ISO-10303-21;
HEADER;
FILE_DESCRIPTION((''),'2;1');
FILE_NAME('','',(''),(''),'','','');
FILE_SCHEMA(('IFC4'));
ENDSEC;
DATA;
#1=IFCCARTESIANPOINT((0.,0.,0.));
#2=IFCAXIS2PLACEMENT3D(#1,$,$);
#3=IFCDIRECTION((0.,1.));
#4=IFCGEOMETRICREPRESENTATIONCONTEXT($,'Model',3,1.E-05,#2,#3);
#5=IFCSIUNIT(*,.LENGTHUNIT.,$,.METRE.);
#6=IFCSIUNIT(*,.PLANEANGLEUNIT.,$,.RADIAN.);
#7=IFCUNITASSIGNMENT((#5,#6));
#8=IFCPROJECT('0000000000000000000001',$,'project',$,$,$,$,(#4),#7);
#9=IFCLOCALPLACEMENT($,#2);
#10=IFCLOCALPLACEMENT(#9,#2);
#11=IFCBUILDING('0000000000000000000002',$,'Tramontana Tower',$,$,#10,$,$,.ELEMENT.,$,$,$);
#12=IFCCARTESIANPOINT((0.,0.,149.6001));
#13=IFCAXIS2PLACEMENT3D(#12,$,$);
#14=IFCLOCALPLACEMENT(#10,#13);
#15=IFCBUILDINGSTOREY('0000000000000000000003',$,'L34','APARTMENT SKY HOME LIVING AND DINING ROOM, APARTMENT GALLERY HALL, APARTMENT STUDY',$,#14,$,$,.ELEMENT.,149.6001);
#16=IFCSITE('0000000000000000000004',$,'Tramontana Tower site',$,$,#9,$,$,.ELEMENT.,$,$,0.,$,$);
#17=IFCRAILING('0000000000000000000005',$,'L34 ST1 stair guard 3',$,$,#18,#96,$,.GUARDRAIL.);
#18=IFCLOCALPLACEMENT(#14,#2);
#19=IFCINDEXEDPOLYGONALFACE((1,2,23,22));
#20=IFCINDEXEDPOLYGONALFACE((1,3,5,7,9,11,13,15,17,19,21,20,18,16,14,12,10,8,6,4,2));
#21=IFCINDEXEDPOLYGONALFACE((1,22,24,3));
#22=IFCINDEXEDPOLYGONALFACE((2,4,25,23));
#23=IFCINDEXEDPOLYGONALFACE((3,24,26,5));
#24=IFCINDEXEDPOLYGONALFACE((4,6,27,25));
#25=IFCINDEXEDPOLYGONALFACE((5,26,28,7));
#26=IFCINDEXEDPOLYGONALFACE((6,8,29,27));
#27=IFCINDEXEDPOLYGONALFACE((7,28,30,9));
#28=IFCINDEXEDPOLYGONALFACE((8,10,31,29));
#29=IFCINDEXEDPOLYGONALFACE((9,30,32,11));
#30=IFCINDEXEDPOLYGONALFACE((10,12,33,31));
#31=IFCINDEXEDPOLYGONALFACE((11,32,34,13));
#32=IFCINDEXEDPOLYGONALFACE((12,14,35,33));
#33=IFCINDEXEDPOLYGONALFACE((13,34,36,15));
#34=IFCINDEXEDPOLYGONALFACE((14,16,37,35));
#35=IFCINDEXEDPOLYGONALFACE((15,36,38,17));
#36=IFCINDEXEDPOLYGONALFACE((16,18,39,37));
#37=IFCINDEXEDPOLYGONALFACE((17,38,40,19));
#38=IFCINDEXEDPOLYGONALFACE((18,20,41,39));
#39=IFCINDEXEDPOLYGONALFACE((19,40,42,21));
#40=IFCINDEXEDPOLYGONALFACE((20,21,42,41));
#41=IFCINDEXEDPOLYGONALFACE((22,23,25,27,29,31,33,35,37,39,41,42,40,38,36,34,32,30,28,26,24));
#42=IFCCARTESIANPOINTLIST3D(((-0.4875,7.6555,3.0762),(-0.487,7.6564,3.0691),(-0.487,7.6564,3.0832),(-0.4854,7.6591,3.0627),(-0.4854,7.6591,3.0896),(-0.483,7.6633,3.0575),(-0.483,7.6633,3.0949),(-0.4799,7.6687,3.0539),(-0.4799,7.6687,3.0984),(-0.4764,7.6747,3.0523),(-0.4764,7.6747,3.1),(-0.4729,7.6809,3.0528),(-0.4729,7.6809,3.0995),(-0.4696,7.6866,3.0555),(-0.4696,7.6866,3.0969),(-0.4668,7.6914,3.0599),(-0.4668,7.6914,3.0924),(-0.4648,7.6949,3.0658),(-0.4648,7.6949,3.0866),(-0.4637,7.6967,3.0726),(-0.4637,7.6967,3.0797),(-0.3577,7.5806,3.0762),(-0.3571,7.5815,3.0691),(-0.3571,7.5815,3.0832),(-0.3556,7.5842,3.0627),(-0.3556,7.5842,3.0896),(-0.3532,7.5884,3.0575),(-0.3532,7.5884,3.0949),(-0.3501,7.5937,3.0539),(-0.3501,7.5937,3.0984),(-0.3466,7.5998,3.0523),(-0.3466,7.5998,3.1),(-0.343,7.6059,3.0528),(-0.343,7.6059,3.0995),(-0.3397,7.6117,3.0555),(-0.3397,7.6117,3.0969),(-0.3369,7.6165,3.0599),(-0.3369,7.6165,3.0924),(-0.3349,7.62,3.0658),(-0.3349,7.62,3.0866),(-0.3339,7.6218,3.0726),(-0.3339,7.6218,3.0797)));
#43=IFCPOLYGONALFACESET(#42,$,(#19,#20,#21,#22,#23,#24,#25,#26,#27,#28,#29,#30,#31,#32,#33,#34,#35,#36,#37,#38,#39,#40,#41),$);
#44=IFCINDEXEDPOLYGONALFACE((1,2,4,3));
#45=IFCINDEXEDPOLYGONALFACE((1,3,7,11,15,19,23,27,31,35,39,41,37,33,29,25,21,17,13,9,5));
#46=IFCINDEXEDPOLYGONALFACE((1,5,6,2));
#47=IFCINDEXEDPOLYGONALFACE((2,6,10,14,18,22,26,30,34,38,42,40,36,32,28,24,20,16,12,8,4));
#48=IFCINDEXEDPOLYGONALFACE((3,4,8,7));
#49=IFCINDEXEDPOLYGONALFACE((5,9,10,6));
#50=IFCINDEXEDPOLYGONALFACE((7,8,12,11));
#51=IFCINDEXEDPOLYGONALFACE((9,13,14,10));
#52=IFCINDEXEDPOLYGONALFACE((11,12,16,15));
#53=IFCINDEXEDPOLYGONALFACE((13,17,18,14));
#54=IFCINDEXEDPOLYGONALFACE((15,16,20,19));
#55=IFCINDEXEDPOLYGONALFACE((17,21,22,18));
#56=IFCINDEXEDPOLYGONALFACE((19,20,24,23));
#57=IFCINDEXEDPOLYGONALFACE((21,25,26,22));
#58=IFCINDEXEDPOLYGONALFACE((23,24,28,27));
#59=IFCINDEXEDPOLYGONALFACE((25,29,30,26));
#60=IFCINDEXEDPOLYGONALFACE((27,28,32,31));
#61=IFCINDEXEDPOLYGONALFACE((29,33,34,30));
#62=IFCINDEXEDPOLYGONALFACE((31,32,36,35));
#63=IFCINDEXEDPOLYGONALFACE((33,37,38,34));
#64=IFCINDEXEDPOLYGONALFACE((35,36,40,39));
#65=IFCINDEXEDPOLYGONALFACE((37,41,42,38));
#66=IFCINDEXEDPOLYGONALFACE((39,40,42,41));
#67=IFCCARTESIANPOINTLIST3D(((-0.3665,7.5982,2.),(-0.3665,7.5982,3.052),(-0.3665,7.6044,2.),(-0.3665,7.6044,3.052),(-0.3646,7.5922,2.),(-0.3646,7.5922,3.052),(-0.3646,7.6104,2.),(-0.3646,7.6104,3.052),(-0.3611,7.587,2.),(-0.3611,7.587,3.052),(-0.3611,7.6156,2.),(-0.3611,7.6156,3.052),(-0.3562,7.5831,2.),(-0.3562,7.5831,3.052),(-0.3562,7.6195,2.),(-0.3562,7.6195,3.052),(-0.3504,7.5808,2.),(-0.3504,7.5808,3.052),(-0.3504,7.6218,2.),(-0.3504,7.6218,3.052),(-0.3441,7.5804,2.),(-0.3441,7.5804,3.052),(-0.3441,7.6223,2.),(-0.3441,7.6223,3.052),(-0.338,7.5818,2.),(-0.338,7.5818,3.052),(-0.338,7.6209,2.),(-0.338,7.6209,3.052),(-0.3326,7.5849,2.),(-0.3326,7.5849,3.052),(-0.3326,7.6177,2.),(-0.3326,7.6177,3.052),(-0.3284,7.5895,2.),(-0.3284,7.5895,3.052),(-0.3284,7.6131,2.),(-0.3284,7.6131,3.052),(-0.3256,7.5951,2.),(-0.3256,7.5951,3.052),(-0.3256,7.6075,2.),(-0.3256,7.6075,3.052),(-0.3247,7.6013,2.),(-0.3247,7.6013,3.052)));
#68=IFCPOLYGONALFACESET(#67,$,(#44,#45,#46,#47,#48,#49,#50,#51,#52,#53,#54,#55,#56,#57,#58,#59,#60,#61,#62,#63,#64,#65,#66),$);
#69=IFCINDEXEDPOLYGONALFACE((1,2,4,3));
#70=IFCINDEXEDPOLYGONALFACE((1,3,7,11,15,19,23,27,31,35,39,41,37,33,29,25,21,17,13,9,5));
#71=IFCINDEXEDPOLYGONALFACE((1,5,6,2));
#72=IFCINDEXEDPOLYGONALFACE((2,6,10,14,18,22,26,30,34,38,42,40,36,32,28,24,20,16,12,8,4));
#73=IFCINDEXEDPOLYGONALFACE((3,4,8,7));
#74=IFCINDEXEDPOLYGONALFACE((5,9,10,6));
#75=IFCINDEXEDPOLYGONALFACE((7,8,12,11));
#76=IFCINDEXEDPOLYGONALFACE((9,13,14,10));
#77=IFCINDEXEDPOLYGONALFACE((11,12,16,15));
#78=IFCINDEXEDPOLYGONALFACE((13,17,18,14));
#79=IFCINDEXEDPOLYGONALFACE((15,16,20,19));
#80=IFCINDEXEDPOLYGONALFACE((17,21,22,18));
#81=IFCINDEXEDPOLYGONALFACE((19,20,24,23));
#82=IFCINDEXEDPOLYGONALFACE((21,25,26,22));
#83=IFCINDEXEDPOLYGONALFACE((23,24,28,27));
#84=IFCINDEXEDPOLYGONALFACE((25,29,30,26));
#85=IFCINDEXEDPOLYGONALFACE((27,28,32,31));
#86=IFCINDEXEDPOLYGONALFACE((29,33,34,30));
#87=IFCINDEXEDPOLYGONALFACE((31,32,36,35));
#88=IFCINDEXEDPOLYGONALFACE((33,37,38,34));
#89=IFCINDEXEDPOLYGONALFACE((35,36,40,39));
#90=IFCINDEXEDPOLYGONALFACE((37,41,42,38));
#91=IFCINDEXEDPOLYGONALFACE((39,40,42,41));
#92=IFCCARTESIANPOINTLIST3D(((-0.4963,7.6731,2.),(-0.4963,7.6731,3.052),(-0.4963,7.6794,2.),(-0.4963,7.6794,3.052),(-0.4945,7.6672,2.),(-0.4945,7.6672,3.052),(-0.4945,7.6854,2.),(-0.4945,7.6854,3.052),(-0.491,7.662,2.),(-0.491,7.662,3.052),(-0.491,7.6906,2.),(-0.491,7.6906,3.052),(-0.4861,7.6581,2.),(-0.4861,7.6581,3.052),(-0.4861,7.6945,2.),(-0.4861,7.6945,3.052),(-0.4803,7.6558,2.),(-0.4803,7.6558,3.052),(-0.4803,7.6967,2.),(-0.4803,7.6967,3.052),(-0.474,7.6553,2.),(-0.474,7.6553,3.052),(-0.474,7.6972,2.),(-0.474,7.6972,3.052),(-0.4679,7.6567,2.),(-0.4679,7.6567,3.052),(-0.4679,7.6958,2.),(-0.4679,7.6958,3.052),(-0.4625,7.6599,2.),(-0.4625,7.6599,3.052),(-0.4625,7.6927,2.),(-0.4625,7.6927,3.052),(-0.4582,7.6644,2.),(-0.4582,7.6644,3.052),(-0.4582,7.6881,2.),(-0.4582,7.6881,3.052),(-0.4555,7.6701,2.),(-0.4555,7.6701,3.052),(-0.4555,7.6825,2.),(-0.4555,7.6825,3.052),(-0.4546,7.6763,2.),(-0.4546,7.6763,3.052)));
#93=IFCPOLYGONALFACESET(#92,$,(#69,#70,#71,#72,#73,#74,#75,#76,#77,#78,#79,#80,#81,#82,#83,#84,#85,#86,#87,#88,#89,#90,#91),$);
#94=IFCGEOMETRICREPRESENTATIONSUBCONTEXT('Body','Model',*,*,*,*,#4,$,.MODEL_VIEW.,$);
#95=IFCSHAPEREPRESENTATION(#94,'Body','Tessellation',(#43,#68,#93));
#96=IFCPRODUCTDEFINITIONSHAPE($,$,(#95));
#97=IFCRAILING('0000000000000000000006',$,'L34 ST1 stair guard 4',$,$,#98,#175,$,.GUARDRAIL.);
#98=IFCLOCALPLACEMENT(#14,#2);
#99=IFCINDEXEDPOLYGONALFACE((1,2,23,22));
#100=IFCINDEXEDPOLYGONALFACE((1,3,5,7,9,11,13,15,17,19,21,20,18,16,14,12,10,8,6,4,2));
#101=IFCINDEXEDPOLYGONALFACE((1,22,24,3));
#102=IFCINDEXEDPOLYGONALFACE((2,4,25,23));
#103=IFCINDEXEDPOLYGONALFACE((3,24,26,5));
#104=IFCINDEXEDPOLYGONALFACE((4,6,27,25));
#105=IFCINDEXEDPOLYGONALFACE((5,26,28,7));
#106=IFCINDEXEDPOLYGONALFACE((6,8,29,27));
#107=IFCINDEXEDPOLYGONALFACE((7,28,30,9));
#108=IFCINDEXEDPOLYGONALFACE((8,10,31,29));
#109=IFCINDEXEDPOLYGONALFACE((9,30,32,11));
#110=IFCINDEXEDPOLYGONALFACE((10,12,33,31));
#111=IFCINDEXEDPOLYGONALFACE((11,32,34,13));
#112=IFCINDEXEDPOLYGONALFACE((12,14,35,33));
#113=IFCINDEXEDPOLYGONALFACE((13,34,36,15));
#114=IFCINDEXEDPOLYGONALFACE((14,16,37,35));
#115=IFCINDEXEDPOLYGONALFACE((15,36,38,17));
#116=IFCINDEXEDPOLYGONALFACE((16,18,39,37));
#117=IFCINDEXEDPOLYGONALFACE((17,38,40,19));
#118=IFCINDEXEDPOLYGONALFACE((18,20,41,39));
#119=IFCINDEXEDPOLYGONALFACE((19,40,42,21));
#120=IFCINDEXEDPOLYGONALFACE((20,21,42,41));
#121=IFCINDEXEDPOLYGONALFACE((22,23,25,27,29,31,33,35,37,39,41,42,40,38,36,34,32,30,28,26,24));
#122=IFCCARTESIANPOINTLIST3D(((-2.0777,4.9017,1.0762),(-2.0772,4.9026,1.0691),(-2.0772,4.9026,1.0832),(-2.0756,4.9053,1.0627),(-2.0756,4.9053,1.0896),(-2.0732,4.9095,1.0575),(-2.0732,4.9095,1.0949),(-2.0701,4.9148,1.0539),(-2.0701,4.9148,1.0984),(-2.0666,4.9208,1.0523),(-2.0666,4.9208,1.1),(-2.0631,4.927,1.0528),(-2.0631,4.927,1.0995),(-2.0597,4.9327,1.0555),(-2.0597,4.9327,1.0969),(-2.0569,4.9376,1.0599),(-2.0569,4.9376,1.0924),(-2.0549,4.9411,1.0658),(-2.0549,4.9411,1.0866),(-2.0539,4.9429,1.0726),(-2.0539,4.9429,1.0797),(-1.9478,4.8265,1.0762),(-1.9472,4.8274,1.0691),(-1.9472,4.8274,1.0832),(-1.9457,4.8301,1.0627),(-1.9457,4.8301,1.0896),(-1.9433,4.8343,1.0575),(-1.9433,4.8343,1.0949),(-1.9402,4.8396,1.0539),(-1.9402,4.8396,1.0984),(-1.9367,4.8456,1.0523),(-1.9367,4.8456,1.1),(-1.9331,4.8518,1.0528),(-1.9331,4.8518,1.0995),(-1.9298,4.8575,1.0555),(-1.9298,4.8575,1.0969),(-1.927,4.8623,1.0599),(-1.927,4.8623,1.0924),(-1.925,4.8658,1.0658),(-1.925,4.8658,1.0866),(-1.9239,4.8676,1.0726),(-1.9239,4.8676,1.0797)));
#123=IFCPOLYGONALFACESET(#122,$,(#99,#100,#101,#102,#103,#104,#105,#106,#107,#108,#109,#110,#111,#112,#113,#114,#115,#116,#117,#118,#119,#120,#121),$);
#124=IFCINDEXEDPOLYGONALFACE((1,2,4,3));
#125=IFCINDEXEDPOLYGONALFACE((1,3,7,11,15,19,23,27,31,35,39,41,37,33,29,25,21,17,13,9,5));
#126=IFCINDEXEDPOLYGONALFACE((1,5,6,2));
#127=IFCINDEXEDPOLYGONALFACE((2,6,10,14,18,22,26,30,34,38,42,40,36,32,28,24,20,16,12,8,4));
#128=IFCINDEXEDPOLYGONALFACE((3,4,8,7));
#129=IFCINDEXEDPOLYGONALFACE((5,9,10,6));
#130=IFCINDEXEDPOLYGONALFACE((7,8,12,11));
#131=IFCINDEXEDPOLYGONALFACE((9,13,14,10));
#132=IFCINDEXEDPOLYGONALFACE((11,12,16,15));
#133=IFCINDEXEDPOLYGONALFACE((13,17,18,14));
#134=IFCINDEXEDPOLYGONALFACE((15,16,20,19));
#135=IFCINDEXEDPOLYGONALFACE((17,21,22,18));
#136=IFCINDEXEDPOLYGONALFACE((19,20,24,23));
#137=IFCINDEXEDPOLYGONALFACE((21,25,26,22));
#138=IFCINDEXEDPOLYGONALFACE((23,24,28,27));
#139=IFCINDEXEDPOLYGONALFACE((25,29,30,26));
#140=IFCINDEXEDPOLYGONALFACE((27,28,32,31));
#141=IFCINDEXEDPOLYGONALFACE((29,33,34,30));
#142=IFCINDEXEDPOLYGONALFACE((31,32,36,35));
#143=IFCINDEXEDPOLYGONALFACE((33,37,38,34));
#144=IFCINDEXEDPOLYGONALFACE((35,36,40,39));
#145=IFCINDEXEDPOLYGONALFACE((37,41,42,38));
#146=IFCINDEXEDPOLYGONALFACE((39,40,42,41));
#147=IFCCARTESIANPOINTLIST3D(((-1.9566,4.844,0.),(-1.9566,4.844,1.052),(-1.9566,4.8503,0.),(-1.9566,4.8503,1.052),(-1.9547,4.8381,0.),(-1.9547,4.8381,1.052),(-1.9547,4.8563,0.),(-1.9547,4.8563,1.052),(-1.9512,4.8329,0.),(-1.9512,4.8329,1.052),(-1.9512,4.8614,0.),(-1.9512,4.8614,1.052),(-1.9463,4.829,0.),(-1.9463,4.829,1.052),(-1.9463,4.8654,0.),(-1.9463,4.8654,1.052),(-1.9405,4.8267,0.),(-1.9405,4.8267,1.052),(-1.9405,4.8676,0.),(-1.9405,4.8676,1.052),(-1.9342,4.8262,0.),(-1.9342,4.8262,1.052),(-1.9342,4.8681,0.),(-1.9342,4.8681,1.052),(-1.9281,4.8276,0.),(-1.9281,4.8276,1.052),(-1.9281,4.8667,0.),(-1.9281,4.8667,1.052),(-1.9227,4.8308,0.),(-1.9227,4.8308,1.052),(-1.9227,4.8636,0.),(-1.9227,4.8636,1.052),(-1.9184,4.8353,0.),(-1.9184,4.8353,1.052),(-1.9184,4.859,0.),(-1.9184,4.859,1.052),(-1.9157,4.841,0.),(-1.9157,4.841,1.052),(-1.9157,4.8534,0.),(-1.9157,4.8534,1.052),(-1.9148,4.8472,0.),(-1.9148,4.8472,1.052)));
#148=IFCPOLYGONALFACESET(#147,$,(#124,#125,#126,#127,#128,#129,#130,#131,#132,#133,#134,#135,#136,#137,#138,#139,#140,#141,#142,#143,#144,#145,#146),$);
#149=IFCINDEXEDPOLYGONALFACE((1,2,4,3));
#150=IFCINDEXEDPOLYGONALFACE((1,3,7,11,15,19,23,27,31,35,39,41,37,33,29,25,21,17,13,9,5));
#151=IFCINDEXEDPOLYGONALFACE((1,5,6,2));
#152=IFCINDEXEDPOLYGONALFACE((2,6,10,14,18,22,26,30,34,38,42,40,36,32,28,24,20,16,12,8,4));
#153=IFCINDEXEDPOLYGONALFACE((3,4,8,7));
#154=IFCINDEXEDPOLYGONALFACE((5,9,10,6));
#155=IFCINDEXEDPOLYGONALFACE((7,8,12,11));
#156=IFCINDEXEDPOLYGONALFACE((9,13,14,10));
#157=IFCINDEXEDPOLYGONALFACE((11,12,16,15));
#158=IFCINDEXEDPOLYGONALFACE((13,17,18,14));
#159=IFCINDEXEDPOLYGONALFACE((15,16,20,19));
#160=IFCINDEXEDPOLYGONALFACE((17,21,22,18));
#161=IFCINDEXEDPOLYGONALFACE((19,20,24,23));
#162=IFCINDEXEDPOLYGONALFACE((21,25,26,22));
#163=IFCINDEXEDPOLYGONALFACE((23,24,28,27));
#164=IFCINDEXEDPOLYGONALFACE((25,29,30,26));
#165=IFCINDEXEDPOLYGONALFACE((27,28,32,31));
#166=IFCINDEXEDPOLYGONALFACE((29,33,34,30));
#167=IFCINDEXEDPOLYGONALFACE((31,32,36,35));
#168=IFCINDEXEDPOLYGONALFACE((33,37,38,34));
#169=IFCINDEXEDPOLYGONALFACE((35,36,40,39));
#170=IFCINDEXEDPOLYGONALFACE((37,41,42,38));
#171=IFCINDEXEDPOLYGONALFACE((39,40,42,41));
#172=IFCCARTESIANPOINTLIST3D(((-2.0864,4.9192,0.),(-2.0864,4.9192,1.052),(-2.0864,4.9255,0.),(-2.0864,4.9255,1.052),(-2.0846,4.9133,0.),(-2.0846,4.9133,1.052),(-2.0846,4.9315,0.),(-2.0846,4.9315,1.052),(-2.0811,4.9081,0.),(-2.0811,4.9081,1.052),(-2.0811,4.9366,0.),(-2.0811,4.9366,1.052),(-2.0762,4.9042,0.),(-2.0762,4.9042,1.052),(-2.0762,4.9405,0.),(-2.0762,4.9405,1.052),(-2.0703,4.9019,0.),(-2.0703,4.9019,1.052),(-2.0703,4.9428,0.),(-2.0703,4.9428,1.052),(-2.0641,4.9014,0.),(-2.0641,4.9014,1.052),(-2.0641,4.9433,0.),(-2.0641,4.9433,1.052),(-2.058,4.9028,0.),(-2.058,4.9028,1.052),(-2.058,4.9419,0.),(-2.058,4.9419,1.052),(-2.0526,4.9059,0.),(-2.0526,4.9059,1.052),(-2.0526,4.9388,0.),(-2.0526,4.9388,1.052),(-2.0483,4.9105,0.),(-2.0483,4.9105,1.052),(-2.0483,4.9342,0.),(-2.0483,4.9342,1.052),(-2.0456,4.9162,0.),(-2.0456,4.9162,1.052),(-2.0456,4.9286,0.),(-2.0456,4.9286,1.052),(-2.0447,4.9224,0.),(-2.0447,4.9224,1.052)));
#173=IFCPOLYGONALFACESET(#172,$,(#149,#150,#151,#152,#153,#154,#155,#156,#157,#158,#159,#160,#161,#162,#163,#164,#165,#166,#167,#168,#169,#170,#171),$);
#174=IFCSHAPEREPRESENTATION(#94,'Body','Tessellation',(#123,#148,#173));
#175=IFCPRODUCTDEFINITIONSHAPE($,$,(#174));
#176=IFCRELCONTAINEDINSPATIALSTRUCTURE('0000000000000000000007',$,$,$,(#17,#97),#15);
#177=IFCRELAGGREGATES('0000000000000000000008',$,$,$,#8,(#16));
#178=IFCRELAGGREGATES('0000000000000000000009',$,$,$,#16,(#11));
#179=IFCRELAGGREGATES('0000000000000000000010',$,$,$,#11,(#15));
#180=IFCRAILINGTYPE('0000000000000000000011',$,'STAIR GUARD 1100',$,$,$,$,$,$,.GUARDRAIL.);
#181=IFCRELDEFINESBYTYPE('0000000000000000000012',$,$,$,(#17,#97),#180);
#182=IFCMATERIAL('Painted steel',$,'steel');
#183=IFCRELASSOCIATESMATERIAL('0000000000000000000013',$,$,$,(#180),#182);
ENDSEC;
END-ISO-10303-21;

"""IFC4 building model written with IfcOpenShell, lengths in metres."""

from ifc_helpers import new_model, si_unit, direction, frame, origin, origin_2d, place, context, subcontext, project, spatial, circle, extrude, material, type_object, element, save


model = new_model("IFC4")

# Units and contexts
model_context = context("Model", 3, precision=1e-05, world=origin(), true_north=direction((0.0, 1.0)))
body_context = subcontext(model_context, "Body", "Model", "MODEL_VIEW")
ifc_project = project(units=[si_unit("LENGTHUNIT", "METRE"), si_unit("PLANEANGLEUNIT", "RADIAN")], contexts=[model_context])

# Site, building, storey
site_placement = place(None, origin())
site = spatial("IfcSite", under=ifc_project, at=site_placement, Name="Tramontana Tower site", CompositionType="ELEMENT", RefElevation=0.0)
building_placement = place(site_placement, origin())
building = spatial("IfcBuilding", under=site, at=building_placement, Name="Tramontana Tower", CompositionType="ELEMENT")
storey_placement = place(building_placement, frame((0.0, 0.0, 149.6001)))
storey = spatial("IfcBuildingStorey", under=building, at=storey_placement, Name="L34", Description="APARTMENT SKY HOME LIVING AND DINING ROOM, APARTMENT GALLERY HALL, APARTMENT STUDY", CompositionType="ELEMENT", Elevation=149.6001)

# Railings
ifc_material_1 = material(Name="Painted steel", Category="steel")
railing_type_1 = type_object("IfcRailingType", Name="STAIR GUARD 1100", PredefinedType="GUARDRAIL", material=ifc_material_1)
railing_1_placement = place(storey_placement, frame((-0.3457, 7.6013, 2.0)))
element("IfcRailing", 1, at=railing_1_placement, inside=storey, type_object=railing_type_1, Name="L34 ST1 stair guard 3", PredefinedType="GUARDRAIL", context=body_context, shape_type="SweptSolid", body=[
    extrude(circle(Radius=0.0239, at=origin_2d()), frame((0.0, 0.0, 1.0762), z_axis=(-0.866131, 0.499816, 0.0), x_axis=(-0.499816, -0.866131, 0.0)), (0.0, 0.0, 1.0), 0.1499),
    extrude(circle(Radius=0.021, at=origin_2d()), origin(), (0.0, 0.0, 1.0), 1.052),
    extrude(circle(Radius=0.021, at=origin_2d()), frame((-0.1299, 0.075, 0.0)), (0.0, 0.0, 1.0), 1.052),
])
railing_2_placement = place(storey_placement, frame((-1.9358, 4.8472, 0.0)))
element("IfcRailing", 2, at=railing_2_placement, inside=storey, type_object=railing_type_1, Name="L34 ST1 stair guard 4", PredefinedType="GUARDRAIL", context=body_context, shape_type="SweptSolid", body=[
    extrude(circle(Radius=0.0239, at=origin_2d()), frame((0.0, 0.0, 1.0762), z_axis=(-0.865426, 0.501036, 0.0), x_axis=(-0.501036, -0.865426, 0.0)), (0.0, 0.0, 1.0), 0.1501),
    extrude(circle(Radius=0.021, at=origin_2d()), origin(), (0.0, 0.0, 1.0), 1.052),
    extrude(circle(Radius=0.021, at=origin_2d()), frame((-0.1299, 0.0752, 0.0)), (0.0, 0.0, 1.0), 1.052),
])

save(model, "model.ifc")
